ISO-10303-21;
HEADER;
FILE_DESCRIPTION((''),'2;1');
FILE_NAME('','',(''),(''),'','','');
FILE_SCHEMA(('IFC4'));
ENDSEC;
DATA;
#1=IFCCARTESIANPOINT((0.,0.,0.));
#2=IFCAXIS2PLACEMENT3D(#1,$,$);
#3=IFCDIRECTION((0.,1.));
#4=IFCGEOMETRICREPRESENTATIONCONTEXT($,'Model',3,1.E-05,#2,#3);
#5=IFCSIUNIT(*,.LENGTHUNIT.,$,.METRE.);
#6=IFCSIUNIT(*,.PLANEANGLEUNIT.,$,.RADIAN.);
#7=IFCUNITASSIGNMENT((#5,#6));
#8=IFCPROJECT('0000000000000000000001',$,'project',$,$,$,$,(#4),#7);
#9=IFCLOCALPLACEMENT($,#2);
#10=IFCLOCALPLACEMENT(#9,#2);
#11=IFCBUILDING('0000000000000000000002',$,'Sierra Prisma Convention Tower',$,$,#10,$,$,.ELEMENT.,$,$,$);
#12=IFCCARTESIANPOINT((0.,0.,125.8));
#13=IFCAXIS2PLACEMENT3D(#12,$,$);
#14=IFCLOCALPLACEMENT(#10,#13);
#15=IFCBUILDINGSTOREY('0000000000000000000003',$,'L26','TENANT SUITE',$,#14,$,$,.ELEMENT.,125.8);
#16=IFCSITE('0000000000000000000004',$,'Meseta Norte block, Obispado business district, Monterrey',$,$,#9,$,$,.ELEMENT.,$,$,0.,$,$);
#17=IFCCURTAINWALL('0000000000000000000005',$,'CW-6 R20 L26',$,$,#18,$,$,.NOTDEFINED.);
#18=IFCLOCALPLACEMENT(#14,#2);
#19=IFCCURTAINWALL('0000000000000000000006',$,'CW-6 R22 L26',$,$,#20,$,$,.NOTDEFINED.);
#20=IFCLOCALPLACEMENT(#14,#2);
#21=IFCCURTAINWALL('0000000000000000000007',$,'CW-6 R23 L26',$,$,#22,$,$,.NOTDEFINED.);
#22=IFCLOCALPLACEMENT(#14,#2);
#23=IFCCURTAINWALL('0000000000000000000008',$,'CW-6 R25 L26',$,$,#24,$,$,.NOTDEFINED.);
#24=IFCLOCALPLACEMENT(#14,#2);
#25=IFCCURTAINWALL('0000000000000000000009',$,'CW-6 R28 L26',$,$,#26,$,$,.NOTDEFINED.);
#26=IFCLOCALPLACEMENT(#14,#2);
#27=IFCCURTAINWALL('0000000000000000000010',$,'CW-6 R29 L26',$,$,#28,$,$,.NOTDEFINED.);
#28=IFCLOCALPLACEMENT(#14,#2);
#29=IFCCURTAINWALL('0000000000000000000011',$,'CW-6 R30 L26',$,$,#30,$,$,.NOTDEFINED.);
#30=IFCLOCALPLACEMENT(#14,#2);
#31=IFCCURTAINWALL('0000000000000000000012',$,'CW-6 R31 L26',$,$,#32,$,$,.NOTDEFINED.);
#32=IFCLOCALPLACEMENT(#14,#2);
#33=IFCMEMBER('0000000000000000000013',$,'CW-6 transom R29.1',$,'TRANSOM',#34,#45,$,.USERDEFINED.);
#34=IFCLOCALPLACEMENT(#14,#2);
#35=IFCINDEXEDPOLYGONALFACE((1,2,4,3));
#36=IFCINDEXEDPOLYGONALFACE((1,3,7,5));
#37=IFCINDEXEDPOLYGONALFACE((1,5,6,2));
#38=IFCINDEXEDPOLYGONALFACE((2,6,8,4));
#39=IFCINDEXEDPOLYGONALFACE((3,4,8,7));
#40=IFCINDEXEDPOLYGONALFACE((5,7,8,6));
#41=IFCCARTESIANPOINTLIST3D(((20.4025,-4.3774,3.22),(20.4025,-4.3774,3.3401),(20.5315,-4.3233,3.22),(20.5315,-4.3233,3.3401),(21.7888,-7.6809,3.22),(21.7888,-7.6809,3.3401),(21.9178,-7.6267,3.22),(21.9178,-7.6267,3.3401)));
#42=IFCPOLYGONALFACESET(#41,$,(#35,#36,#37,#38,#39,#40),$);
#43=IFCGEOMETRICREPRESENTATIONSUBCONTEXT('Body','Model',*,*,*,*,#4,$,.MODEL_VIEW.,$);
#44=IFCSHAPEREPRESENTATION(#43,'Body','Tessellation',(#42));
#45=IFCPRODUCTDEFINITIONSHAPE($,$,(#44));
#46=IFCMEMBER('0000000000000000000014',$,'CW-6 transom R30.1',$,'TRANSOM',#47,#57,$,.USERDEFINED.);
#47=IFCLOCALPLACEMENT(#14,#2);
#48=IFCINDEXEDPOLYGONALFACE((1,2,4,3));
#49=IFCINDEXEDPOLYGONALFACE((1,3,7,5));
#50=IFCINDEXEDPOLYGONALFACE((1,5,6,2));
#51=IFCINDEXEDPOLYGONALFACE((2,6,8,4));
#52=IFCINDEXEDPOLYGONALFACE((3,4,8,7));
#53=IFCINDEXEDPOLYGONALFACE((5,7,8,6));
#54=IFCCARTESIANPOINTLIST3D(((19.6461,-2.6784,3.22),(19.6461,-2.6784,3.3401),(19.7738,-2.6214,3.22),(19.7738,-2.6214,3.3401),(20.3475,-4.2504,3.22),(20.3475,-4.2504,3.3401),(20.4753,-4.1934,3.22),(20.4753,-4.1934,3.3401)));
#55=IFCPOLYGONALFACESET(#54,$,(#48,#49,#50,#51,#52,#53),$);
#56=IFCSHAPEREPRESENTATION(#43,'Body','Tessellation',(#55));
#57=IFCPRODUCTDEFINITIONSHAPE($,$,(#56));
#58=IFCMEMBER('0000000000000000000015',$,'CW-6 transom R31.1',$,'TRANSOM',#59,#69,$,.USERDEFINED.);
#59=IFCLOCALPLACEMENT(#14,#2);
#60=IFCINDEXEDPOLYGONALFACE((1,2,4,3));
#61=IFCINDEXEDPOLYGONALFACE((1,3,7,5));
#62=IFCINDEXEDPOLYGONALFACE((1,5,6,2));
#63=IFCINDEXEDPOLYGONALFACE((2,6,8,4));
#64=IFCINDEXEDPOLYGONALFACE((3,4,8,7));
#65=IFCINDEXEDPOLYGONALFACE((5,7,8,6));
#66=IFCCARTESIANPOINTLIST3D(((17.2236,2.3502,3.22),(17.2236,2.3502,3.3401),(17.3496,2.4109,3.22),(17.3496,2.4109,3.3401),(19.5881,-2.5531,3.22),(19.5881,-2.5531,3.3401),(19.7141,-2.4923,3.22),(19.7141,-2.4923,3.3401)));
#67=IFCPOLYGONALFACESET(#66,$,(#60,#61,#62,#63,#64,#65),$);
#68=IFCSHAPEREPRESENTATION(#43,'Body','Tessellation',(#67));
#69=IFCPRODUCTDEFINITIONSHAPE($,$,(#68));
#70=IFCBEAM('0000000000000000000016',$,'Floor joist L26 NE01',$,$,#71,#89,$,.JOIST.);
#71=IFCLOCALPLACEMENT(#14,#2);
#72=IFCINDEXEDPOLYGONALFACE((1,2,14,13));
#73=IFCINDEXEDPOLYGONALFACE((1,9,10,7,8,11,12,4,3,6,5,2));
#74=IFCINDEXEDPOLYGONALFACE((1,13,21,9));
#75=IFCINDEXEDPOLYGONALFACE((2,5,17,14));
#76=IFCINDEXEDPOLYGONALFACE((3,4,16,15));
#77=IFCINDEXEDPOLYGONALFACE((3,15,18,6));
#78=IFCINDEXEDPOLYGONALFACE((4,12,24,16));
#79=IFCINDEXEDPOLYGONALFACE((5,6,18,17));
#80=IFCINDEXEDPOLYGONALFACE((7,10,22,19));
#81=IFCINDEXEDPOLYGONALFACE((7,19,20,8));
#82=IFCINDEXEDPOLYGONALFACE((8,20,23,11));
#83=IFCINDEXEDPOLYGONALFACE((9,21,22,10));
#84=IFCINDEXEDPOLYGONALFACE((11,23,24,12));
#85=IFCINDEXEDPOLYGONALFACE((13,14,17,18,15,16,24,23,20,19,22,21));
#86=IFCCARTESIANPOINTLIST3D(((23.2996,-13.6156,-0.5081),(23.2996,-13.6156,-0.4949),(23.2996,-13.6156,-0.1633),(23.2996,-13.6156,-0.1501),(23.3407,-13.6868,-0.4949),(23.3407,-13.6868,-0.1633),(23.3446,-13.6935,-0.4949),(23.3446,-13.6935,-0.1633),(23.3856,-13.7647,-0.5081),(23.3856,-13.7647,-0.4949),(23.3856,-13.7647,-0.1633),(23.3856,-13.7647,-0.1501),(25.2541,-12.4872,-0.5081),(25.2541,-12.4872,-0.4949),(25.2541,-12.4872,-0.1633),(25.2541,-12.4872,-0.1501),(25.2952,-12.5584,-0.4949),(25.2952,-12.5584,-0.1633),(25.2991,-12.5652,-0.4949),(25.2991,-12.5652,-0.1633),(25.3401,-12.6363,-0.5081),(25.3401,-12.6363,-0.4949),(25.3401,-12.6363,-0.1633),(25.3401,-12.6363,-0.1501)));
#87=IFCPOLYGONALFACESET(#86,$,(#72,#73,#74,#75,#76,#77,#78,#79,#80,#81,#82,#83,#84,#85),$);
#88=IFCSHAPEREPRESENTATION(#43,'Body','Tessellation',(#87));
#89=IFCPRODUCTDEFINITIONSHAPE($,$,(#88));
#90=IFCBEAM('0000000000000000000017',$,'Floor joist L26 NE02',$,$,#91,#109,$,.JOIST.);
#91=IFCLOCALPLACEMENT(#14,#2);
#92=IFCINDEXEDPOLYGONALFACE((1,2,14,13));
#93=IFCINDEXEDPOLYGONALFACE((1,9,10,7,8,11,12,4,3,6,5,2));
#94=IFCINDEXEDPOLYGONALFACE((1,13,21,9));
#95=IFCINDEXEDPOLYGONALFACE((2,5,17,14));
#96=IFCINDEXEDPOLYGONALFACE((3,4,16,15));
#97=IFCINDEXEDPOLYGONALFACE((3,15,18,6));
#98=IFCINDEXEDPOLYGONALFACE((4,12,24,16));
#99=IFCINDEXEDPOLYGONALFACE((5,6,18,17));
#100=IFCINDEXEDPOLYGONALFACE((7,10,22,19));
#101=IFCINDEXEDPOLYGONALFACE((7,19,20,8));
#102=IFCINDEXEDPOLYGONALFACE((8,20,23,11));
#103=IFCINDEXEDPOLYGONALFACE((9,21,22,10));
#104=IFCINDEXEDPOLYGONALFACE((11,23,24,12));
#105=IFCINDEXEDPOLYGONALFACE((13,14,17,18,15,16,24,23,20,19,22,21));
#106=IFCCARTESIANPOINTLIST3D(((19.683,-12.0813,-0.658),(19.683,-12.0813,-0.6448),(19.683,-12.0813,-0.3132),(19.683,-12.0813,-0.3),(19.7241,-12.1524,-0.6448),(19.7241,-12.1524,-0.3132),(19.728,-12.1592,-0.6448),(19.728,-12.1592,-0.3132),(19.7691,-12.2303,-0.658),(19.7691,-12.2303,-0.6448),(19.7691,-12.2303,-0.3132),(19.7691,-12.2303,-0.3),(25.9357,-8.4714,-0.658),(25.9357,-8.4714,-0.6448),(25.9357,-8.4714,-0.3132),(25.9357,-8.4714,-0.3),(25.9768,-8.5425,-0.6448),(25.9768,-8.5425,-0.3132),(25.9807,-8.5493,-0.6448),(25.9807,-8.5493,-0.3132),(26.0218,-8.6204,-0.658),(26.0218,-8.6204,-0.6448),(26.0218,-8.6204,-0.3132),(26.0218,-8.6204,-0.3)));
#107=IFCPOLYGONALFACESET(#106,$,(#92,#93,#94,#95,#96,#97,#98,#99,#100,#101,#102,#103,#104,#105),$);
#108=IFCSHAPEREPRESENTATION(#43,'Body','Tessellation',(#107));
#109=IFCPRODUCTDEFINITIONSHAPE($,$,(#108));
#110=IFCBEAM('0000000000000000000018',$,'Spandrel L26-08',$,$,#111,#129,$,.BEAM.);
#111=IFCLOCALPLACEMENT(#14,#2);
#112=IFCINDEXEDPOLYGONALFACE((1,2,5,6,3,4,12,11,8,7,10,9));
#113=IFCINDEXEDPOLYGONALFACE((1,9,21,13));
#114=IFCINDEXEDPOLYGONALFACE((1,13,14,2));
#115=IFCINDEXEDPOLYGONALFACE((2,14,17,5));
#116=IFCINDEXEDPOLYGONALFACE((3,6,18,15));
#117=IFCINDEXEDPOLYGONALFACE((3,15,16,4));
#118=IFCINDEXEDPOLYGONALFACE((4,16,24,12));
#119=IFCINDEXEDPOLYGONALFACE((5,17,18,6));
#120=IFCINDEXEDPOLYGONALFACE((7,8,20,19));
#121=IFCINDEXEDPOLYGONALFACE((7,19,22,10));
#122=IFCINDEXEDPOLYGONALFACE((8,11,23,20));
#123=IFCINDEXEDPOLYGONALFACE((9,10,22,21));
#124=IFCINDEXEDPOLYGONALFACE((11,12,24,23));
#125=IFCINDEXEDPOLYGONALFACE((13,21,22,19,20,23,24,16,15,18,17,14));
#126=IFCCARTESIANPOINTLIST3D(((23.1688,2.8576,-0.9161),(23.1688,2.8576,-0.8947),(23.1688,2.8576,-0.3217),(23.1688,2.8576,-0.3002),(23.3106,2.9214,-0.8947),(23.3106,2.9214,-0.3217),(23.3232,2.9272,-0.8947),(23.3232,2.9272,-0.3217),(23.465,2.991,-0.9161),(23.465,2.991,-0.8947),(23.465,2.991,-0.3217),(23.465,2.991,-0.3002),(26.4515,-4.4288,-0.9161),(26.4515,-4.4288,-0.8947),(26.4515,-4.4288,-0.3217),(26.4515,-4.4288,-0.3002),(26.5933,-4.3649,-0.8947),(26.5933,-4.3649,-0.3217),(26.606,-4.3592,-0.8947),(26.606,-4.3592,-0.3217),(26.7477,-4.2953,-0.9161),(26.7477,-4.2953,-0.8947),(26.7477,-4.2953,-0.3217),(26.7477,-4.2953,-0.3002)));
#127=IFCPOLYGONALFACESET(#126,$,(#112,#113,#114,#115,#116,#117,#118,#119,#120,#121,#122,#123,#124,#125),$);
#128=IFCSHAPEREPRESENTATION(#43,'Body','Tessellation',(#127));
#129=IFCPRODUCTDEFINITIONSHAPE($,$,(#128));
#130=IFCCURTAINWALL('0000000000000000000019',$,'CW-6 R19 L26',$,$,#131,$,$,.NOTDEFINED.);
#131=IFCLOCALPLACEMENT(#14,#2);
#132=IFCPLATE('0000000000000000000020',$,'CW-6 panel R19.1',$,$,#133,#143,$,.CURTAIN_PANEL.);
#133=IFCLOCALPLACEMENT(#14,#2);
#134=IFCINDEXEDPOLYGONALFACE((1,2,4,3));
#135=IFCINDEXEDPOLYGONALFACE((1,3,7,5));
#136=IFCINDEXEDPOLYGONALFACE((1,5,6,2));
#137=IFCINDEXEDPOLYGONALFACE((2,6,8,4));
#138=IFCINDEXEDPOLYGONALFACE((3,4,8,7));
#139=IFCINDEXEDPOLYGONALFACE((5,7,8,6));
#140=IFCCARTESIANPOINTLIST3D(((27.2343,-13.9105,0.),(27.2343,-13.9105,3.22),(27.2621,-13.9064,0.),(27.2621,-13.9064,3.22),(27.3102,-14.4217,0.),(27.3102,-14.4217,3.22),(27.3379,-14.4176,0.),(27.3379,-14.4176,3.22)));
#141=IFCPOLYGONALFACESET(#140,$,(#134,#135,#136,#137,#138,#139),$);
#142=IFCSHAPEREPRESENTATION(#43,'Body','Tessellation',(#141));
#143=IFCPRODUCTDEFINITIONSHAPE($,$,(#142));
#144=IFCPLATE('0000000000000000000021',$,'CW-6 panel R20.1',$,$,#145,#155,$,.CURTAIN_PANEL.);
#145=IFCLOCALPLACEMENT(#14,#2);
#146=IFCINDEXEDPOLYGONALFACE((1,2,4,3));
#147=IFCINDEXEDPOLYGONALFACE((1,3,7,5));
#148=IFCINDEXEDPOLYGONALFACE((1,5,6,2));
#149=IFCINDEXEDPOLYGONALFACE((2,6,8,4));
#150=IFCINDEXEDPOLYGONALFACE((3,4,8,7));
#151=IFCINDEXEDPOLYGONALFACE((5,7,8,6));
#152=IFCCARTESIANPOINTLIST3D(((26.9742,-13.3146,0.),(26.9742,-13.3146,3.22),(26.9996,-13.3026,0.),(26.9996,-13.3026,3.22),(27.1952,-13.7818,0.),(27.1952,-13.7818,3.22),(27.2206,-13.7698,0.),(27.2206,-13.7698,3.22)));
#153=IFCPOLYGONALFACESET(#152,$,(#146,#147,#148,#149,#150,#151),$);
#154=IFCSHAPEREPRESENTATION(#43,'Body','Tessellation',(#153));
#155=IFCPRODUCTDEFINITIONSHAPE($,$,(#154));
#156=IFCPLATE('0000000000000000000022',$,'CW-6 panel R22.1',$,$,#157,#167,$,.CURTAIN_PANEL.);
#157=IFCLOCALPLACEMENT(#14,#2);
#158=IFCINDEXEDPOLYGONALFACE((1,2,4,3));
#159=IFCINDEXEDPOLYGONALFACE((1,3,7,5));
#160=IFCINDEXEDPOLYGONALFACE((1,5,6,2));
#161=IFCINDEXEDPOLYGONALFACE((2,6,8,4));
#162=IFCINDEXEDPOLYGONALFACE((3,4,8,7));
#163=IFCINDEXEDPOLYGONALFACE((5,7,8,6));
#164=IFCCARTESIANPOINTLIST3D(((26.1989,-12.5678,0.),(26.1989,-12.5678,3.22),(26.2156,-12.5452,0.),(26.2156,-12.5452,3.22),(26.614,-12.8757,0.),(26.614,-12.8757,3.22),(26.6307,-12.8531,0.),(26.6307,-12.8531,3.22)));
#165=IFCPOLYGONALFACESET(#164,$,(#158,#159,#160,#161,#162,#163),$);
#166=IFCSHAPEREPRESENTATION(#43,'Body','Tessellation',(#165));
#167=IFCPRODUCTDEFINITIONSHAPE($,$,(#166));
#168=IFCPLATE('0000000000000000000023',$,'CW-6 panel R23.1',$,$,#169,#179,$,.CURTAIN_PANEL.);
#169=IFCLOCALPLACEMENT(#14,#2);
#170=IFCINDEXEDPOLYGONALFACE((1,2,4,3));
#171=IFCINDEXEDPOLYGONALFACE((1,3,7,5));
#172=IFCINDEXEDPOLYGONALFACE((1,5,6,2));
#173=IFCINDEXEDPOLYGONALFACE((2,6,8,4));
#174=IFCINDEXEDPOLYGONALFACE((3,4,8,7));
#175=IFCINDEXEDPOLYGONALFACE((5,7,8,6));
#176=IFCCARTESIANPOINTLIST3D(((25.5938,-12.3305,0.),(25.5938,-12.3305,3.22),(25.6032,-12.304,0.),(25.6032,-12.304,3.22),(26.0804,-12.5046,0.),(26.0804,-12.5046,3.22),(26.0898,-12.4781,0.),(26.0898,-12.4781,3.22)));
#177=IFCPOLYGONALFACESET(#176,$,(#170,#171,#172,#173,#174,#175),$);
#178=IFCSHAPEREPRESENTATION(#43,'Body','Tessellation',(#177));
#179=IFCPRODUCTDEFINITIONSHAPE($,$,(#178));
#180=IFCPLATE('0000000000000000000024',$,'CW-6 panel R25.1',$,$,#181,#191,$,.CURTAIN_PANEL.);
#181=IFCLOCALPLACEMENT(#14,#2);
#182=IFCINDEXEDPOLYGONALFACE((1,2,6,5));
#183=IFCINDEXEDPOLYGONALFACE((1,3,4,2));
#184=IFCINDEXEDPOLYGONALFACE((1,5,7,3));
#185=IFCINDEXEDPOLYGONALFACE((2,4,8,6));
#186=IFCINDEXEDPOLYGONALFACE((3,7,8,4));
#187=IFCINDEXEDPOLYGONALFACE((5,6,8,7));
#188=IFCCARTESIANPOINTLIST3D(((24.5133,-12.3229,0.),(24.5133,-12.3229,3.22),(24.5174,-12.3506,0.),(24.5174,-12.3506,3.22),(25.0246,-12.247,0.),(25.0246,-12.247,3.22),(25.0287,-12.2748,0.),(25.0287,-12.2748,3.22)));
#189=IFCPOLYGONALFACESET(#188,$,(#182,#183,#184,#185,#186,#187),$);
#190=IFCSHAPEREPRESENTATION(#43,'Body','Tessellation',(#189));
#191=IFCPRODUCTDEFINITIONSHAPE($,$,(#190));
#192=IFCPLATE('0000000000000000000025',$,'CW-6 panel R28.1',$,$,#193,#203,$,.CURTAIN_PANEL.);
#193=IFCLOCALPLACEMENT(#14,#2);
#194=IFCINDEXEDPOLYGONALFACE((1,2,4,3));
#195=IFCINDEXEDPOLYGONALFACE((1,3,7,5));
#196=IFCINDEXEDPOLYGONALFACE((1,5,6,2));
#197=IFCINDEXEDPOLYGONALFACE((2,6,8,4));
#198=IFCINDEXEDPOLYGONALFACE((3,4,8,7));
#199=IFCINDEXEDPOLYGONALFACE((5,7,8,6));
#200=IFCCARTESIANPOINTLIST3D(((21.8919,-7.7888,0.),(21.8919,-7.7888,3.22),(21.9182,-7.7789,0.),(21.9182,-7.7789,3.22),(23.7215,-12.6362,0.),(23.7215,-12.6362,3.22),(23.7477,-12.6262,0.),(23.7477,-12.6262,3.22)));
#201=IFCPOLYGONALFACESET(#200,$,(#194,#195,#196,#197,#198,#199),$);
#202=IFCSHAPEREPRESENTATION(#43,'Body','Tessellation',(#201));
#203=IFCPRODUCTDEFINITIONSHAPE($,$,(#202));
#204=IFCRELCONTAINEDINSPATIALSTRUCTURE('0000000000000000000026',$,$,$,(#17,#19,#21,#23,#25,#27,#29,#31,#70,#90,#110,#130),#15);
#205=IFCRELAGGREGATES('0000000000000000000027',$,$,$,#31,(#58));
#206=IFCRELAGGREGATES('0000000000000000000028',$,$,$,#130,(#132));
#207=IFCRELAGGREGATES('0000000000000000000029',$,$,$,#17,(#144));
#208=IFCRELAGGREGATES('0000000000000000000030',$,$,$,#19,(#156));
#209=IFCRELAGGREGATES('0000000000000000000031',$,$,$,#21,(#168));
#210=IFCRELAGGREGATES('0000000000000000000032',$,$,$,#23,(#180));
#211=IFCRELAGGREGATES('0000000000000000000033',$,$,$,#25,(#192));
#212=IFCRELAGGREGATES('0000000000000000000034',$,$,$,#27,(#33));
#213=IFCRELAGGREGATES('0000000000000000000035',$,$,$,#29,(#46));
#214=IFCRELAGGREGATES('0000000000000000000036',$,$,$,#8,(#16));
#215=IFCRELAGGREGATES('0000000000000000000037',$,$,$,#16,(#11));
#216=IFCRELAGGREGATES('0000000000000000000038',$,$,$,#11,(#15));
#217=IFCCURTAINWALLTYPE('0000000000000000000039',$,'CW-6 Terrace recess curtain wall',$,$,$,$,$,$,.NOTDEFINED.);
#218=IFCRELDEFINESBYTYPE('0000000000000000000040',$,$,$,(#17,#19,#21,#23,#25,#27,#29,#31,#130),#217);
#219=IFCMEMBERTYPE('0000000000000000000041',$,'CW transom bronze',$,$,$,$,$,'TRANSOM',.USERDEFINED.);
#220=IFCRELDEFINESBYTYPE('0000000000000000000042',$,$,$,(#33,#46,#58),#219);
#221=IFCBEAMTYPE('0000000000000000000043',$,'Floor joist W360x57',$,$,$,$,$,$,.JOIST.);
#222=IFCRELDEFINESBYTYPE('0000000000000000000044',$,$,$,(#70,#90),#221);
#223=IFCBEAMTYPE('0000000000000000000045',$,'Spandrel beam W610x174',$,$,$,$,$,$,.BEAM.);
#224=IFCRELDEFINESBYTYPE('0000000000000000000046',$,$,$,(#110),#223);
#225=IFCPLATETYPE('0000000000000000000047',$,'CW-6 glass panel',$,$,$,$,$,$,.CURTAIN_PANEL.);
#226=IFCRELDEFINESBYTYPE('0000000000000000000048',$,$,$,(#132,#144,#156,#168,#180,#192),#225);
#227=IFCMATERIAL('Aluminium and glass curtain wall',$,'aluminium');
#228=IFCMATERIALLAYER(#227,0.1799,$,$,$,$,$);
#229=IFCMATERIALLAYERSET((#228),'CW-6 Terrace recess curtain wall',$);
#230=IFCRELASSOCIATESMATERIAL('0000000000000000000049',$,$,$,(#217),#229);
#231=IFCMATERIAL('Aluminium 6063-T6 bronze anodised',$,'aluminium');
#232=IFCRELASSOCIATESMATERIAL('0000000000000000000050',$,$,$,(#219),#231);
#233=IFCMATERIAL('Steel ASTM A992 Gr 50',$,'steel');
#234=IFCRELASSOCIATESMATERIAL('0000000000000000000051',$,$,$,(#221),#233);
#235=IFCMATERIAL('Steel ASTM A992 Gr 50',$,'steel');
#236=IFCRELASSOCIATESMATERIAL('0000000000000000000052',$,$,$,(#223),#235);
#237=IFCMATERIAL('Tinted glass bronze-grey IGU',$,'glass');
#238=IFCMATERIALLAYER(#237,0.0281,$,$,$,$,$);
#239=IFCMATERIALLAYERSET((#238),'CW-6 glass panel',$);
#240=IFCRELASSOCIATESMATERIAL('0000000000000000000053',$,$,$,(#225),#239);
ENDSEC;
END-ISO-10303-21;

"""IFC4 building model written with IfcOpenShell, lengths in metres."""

from ifc_helpers import new_model, si_unit, direction, frame, origin, origin_2d, place, context, subcontext, project, spatial, rectangle, i_section, extrude, material, layer, layer_set, material_profile, profile_set, type_object, element, aggregate, save


model = new_model("IFC4")

# Units and contexts
model_context = context("Model", 3, precision=1e-05, world=origin(), true_north=direction((0.0, 1.0)))
body_context = subcontext(model_context, "Body", "Model", "MODEL_VIEW")
ifc_project = project(units=[si_unit("LENGTHUNIT", "METRE"), si_unit("PLANEANGLEUNIT", "RADIAN")], contexts=[model_context])

# Site, building, storey
site_placement = place(None, origin())
site = spatial("IfcSite", under=ifc_project, at=site_placement, Name="Meseta Norte block, Obispado business district, Monterrey", CompositionType="ELEMENT", RefElevation=0.0)
building_placement = place(site_placement, origin())
building = spatial("IfcBuilding", under=site, at=building_placement, Name="Sierra Prisma Convention Tower", CompositionType="ELEMENT")
storey_placement = place(building_placement, frame((0.0, 0.0, 125.8)))
storey = spatial("IfcBuildingStorey", under=building, at=storey_placement, Name="L26", Description="TENANT SUITE", CompositionType="ELEMENT", Elevation=125.8)

# Curtain walls
ifc_material_1 = material(Name="Aluminium and glass curtain wall", Category="aluminium")
ifc_layer_1 = layer(ifc_material_1, 0.1799)
ifc_layer_set_1 = layer_set([ifc_layer_1], Name="CW-6 Terrace recess curtain wall")
curtain_wall_type = type_object("IfcCurtainWallType", Name="CW-6 Terrace recess curtain wall", PredefinedType="NOTDEFINED", material=ifc_layer_set_1)
curtain_wall_1_placement = place(storey_placement, origin())
curtain_wall_1 = element("IfcCurtainWall", 1, at=curtain_wall_1_placement, inside=storey, type_object=curtain_wall_type, Name="CW-6 R20 L26", PredefinedType="NOTDEFINED")
curtain_wall_2_placement = place(storey_placement, origin())
curtain_wall_2 = element("IfcCurtainWall", 2, at=curtain_wall_2_placement, inside=storey, type_object=curtain_wall_type, Name="CW-6 R22 L26", PredefinedType="NOTDEFINED")
curtain_wall_3_placement = place(storey_placement, origin())
curtain_wall_3 = element("IfcCurtainWall", 3, at=curtain_wall_3_placement, inside=storey, type_object=curtain_wall_type, Name="CW-6 R23 L26", PredefinedType="NOTDEFINED")
curtain_wall_4_placement = place(storey_placement, origin())
curtain_wall_4 = element("IfcCurtainWall", 4, at=curtain_wall_4_placement, inside=storey, type_object=curtain_wall_type, Name="CW-6 R25 L26", PredefinedType="NOTDEFINED")
curtain_wall_5_placement = place(storey_placement, origin())
curtain_wall_5 = element("IfcCurtainWall", 5, at=curtain_wall_5_placement, inside=storey, type_object=curtain_wall_type, Name="CW-6 R28 L26", PredefinedType="NOTDEFINED")
curtain_wall_6_placement = place(storey_placement, origin())
curtain_wall_6 = element("IfcCurtainWall", 6, at=curtain_wall_6_placement, inside=storey, type_object=curtain_wall_type, Name="CW-6 R29 L26", PredefinedType="NOTDEFINED")
curtain_wall_7_placement = place(storey_placement, origin())
curtain_wall_7 = element("IfcCurtainWall", 7, at=curtain_wall_7_placement, inside=storey, type_object=curtain_wall_type, Name="CW-6 R30 L26", PredefinedType="NOTDEFINED")
curtain_wall_8_placement = place(storey_placement, origin())
curtain_wall_8 = element("IfcCurtainWall", 8, at=curtain_wall_8_placement, inside=storey, type_object=curtain_wall_type, Name="CW-6 R31 L26", PredefinedType="NOTDEFINED")

# Members
ifc_material_2 = material(Name="Aluminium 6063-T6 bronze anodised", Category="aluminium")
ifc_material_profile_1 = material_profile(ifc_material_2, rectangle(XDim=0.1399, YDim=0.1201, at=origin_2d()), Name="ALU TRANSOM 120x140")
ifc_profile_set_1 = profile_set([ifc_material_profile_1], Name="Aluminium 6063-T6 bronze anodised")
member_type_1 = type_object("IfcMemberType", Name="CW transom bronze", ElementType="TRANSOM", PredefinedType="USERDEFINED", material=ifc_profile_set_1)
member_1_placement = place(storey_placement, frame((21.8533, -7.6538, 3.28), z_axis=(-0.386942, 0.922104, 0.0), x_axis=(-0.922104, -0.386942, 0.0)))
member_1 = element("IfcMember", 9, at=member_1_placement, type_object=member_type_1, Name="CW-6 transom R29.1", ObjectType="TRANSOM", PredefinedType="USERDEFINED", context=body_context, shape_type="SweptSolid", body=[
    extrude(rectangle(XDim=0.1399, YDim=0.1201, at=origin_2d()), origin(), (0.0, 0.0, 1.0), 3.5825),
])
member_2_placement = place(storey_placement, frame((20.4114, -4.2219, 3.28), z_axis=(-0.407467, 0.91322, 0.0), x_axis=(-0.91322, -0.407467, 0.0)))
member_2 = element("IfcMember", 10, at=member_2_placement, type_object=member_type_1, Name="CW-6 transom R30.1", ObjectType="TRANSOM", PredefinedType="USERDEFINED", context=body_context, shape_type="SweptSolid", body=[
    extrude(rectangle(XDim=0.1399, YDim=0.1201, at=origin_2d()), origin(), (0.0, 0.0, 1.0), 1.7214),
])
member_3_placement = place(storey_placement, frame((19.6511, -2.5227, 3.28), z_axis=(-0.434359, 0.90074, 0.0), x_axis=(-0.90074, -0.434359, 0.0)))
member_3 = element("IfcMember", 11, at=member_3_placement, type_object=member_type_1, Name="CW-6 transom R31.1", ObjectType="TRANSOM", PredefinedType="USERDEFINED", context=body_context, shape_type="SweptSolid", body=[
    extrude(rectangle(XDim=0.1399, YDim=0.1201, at=origin_2d()), origin(), (0.0, 0.0, 1.0), 5.4436),
])
aggregate(curtain_wall_8, [member_3])

# Beams
ifc_material_3 = material(Name="Steel ASTM A992 Gr 50", Category="steel")
ifc_material_profile_2 = material_profile(ifc_material_3, i_section(OverallWidth=0.1721, OverallDepth=0.3579, WebThickness=0.0078, FlangeThickness=0.0132, at=origin_2d()), Name="W360x57")
ifc_profile_set_2 = profile_set([ifc_material_profile_2], Name="Steel ASTM A992 Gr 50")
beam_type_1 = type_object("IfcBeamType", Name="Floor joist W360x57", PredefinedType="JOIST", material=ifc_profile_set_2)
beam_1_placement = place(storey_placement, frame((25.2971, -12.5618, -0.3291), z_axis=(-0.866038, -0.499978, 0.0), x_axis=(0.499978, -0.866038, 0.0)))
element("IfcBeam", 12, at=beam_1_placement, inside=storey, type_object=beam_type_1, Name="Floor joist L26 NE01", PredefinedType="JOIST", context=body_context, shape_type="SweptSolid", body=[
    extrude(i_section(OverallWidth=0.1721, OverallDepth=0.3579, WebThickness=0.0078, FlangeThickness=0.0132, at=origin_2d()), origin(), (0.0, 0.0, 1.0), 2.2568),
])
beam_2_placement = place(storey_placement, frame((25.9788, -8.5459, -0.479), z_axis=(-0.866033, -0.499987, 0.0), x_axis=(0.499987, -0.866033, 0.0)))
element("IfcBeam", 13, at=beam_2_placement, inside=storey, type_object=beam_type_1, Name="Floor joist L26 NE02", PredefinedType="JOIST", context=body_context, shape_type="SweptSolid", body=[
    extrude(i_section(OverallWidth=0.1721, OverallDepth=0.3579, WebThickness=0.0078, FlangeThickness=0.0132, at=origin_2d()), origin(), (0.0, 0.0, 1.0), 7.22),
])
ifc_material_4 = material(Name="Steel ASTM A992 Gr 50", Category="steel")
ifc_material_profile_3 = material_profile(ifc_material_4, i_section(OverallWidth=0.325, OverallDepth=0.616, WebThickness=0.0139, FlangeThickness=0.0215, at=origin_2d()), Name="W610x174")
ifc_profile_set_3 = profile_set([ifc_material_profile_3], Name="Steel ASTM A992 Gr 50")
beam_type_2 = type_object("IfcBeamType", Name="Spandrel beam W610x174", PredefinedType="BEAM", material=ifc_profile_set_3)
beam_3_placement = place(storey_placement, frame((26.5996, -4.3621, -0.6082), z_axis=(-0.410765, 0.911741, 0.0), x_axis=(-0.911741, -0.410765, 0.0)))
element("IfcBeam", 14, at=beam_3_placement, inside=storey, type_object=beam_type_2, Name="Spandrel L26-08", PredefinedType="BEAM", context=body_context, shape_type="SweptSolid", body=[
    extrude(i_section(OverallWidth=0.325, OverallDepth=0.616, WebThickness=0.0139, FlangeThickness=0.0215, at=origin_2d()), origin(), (0.0, 0.0, 1.0), 7.9917),
])

# Curtain wall, plate
curtain_wall_9_placement = place(storey_placement, origin())
curtain_wall_9 = element("IfcCurtainWall", 15, at=curtain_wall_9_placement, inside=storey, type_object=curtain_wall_type, Name="CW-6 R19 L26", PredefinedType="NOTDEFINED")
ifc_material_5 = material(Name="Tinted glass bronze-grey IGU", Category="glass")
ifc_layer_2 = layer(ifc_material_5, 0.0281)
ifc_layer_set_2 = layer_set([ifc_layer_2], Name="CW-6 glass panel")
plate_type = type_object("IfcPlateType", Name="CW-6 glass panel", PredefinedType="CURTAIN_PANEL", material=ifc_layer_set_2)
plate_1_placement = place(storey_placement, frame((27.2861, -14.1641, 0.0), z_axis=(0.0, 0.0, 1.0), x_axis=(-0.14673, 0.989177, 0.0)))
plate_1 = element("IfcPlate", 16, at=plate_1_placement, type_object=plate_type, Name="CW-6 panel R19.1", PredefinedType="CURTAIN_PANEL", context=body_context, shape_type="SweptSolid", body=[
    extrude(rectangle(XDim=0.5168, YDim=0.0281, at=origin_2d()), origin(), (0.0, 0.0, 1.0), 3.22),
])
aggregate(curtain_wall_9, [plate_1])

# Plates
plate_2_placement = place(storey_placement, frame((27.0974, -13.5422, 0.0), z_axis=(0.0, 0.0, 1.0), x_axis=(-0.427555, 0.903989, 0.0)))
plate_2 = element("IfcPlate", 17, at=plate_2_placement, type_object=plate_type, Name="CW-6 panel R20.1", PredefinedType="CURTAIN_PANEL", context=body_context, shape_type="SweptSolid", body=[
    extrude(rectangle(XDim=0.5168, YDim=0.0281, at=origin_2d()), origin(), (0.0, 0.0, 1.0), 3.22),
])
aggregate(curtain_wall_1, [plate_2])
plate_3_placement = place(storey_placement, frame((26.4148, -12.7104, 0.0), z_axis=(0.0, 0.0, 1.0), x_axis=(-0.803208, 0.595699, 0.0)))
plate_3 = element("IfcPlate", 18, at=plate_3_placement, type_object=plate_type, Name="CW-6 panel R22.1", PredefinedType="CURTAIN_PANEL", context=body_context, shape_type="SweptSolid", body=[
    extrude(rectangle(XDim=0.5168, YDim=0.0281, at=origin_2d()), origin(), (0.0, 0.0, 1.0), 3.22),
])
aggregate(curtain_wall_2, [plate_3])
plate_4_placement = place(storey_placement, frame((25.8418, -12.4043, 0.0), z_axis=(0.0, 0.0, 1.0), x_axis=(-0.941544, 0.33689, 0.0)))
plate_4 = element("IfcPlate", 19, at=plate_4_placement, type_object=plate_type, Name="CW-6 panel R23.1", PredefinedType="CURTAIN_PANEL", context=body_context, shape_type="SweptSolid", body=[
    extrude(rectangle(XDim=0.5168, YDim=0.0281, at=origin_2d()), origin(), (0.0, 0.0, 1.0), 3.22),
])
aggregate(curtain_wall_3, [plate_4])
plate_5_placement = place(storey_placement, frame((24.771, -12.2988, 0.0), z_axis=(0.0, 0.0, 1.0), x_axis=(-0.989177, -0.14673, 0.0)))
plate_5 = element("IfcPlate", 20, at=plate_5_placement, type_object=plate_type, Name="CW-6 panel R25.1", PredefinedType="CURTAIN_PANEL", context=body_context, shape_type="SweptSolid", body=[
    extrude(rectangle(XDim=0.5168, YDim=0.0281, at=origin_2d()), origin(), (0.0, 0.0, 1.0), 3.22),
])
aggregate(curtain_wall_4, [plate_5])
plate_6_placement = place(storey_placement, frame((22.8198, -10.2075, 0.0), z_axis=(0.0, 0.0, 1.0), x_axis=(-0.35312, 0.935578, 0.0)))
plate_6 = element("IfcPlate", 21, at=plate_6_placement, type_object=plate_type, Name="CW-6 panel R28.1", PredefinedType="CURTAIN_PANEL", context=body_context, shape_type="SweptSolid", body=[
    extrude(rectangle(XDim=5.1812, YDim=0.0281, at=origin_2d()), origin(), (0.0, 0.0, 1.0), 3.22),
])
aggregate(curtain_wall_5, [plate_6])
aggregate(curtain_wall_6, [member_1])
aggregate(curtain_wall_7, [member_2])

save(model, "model.ifc")
